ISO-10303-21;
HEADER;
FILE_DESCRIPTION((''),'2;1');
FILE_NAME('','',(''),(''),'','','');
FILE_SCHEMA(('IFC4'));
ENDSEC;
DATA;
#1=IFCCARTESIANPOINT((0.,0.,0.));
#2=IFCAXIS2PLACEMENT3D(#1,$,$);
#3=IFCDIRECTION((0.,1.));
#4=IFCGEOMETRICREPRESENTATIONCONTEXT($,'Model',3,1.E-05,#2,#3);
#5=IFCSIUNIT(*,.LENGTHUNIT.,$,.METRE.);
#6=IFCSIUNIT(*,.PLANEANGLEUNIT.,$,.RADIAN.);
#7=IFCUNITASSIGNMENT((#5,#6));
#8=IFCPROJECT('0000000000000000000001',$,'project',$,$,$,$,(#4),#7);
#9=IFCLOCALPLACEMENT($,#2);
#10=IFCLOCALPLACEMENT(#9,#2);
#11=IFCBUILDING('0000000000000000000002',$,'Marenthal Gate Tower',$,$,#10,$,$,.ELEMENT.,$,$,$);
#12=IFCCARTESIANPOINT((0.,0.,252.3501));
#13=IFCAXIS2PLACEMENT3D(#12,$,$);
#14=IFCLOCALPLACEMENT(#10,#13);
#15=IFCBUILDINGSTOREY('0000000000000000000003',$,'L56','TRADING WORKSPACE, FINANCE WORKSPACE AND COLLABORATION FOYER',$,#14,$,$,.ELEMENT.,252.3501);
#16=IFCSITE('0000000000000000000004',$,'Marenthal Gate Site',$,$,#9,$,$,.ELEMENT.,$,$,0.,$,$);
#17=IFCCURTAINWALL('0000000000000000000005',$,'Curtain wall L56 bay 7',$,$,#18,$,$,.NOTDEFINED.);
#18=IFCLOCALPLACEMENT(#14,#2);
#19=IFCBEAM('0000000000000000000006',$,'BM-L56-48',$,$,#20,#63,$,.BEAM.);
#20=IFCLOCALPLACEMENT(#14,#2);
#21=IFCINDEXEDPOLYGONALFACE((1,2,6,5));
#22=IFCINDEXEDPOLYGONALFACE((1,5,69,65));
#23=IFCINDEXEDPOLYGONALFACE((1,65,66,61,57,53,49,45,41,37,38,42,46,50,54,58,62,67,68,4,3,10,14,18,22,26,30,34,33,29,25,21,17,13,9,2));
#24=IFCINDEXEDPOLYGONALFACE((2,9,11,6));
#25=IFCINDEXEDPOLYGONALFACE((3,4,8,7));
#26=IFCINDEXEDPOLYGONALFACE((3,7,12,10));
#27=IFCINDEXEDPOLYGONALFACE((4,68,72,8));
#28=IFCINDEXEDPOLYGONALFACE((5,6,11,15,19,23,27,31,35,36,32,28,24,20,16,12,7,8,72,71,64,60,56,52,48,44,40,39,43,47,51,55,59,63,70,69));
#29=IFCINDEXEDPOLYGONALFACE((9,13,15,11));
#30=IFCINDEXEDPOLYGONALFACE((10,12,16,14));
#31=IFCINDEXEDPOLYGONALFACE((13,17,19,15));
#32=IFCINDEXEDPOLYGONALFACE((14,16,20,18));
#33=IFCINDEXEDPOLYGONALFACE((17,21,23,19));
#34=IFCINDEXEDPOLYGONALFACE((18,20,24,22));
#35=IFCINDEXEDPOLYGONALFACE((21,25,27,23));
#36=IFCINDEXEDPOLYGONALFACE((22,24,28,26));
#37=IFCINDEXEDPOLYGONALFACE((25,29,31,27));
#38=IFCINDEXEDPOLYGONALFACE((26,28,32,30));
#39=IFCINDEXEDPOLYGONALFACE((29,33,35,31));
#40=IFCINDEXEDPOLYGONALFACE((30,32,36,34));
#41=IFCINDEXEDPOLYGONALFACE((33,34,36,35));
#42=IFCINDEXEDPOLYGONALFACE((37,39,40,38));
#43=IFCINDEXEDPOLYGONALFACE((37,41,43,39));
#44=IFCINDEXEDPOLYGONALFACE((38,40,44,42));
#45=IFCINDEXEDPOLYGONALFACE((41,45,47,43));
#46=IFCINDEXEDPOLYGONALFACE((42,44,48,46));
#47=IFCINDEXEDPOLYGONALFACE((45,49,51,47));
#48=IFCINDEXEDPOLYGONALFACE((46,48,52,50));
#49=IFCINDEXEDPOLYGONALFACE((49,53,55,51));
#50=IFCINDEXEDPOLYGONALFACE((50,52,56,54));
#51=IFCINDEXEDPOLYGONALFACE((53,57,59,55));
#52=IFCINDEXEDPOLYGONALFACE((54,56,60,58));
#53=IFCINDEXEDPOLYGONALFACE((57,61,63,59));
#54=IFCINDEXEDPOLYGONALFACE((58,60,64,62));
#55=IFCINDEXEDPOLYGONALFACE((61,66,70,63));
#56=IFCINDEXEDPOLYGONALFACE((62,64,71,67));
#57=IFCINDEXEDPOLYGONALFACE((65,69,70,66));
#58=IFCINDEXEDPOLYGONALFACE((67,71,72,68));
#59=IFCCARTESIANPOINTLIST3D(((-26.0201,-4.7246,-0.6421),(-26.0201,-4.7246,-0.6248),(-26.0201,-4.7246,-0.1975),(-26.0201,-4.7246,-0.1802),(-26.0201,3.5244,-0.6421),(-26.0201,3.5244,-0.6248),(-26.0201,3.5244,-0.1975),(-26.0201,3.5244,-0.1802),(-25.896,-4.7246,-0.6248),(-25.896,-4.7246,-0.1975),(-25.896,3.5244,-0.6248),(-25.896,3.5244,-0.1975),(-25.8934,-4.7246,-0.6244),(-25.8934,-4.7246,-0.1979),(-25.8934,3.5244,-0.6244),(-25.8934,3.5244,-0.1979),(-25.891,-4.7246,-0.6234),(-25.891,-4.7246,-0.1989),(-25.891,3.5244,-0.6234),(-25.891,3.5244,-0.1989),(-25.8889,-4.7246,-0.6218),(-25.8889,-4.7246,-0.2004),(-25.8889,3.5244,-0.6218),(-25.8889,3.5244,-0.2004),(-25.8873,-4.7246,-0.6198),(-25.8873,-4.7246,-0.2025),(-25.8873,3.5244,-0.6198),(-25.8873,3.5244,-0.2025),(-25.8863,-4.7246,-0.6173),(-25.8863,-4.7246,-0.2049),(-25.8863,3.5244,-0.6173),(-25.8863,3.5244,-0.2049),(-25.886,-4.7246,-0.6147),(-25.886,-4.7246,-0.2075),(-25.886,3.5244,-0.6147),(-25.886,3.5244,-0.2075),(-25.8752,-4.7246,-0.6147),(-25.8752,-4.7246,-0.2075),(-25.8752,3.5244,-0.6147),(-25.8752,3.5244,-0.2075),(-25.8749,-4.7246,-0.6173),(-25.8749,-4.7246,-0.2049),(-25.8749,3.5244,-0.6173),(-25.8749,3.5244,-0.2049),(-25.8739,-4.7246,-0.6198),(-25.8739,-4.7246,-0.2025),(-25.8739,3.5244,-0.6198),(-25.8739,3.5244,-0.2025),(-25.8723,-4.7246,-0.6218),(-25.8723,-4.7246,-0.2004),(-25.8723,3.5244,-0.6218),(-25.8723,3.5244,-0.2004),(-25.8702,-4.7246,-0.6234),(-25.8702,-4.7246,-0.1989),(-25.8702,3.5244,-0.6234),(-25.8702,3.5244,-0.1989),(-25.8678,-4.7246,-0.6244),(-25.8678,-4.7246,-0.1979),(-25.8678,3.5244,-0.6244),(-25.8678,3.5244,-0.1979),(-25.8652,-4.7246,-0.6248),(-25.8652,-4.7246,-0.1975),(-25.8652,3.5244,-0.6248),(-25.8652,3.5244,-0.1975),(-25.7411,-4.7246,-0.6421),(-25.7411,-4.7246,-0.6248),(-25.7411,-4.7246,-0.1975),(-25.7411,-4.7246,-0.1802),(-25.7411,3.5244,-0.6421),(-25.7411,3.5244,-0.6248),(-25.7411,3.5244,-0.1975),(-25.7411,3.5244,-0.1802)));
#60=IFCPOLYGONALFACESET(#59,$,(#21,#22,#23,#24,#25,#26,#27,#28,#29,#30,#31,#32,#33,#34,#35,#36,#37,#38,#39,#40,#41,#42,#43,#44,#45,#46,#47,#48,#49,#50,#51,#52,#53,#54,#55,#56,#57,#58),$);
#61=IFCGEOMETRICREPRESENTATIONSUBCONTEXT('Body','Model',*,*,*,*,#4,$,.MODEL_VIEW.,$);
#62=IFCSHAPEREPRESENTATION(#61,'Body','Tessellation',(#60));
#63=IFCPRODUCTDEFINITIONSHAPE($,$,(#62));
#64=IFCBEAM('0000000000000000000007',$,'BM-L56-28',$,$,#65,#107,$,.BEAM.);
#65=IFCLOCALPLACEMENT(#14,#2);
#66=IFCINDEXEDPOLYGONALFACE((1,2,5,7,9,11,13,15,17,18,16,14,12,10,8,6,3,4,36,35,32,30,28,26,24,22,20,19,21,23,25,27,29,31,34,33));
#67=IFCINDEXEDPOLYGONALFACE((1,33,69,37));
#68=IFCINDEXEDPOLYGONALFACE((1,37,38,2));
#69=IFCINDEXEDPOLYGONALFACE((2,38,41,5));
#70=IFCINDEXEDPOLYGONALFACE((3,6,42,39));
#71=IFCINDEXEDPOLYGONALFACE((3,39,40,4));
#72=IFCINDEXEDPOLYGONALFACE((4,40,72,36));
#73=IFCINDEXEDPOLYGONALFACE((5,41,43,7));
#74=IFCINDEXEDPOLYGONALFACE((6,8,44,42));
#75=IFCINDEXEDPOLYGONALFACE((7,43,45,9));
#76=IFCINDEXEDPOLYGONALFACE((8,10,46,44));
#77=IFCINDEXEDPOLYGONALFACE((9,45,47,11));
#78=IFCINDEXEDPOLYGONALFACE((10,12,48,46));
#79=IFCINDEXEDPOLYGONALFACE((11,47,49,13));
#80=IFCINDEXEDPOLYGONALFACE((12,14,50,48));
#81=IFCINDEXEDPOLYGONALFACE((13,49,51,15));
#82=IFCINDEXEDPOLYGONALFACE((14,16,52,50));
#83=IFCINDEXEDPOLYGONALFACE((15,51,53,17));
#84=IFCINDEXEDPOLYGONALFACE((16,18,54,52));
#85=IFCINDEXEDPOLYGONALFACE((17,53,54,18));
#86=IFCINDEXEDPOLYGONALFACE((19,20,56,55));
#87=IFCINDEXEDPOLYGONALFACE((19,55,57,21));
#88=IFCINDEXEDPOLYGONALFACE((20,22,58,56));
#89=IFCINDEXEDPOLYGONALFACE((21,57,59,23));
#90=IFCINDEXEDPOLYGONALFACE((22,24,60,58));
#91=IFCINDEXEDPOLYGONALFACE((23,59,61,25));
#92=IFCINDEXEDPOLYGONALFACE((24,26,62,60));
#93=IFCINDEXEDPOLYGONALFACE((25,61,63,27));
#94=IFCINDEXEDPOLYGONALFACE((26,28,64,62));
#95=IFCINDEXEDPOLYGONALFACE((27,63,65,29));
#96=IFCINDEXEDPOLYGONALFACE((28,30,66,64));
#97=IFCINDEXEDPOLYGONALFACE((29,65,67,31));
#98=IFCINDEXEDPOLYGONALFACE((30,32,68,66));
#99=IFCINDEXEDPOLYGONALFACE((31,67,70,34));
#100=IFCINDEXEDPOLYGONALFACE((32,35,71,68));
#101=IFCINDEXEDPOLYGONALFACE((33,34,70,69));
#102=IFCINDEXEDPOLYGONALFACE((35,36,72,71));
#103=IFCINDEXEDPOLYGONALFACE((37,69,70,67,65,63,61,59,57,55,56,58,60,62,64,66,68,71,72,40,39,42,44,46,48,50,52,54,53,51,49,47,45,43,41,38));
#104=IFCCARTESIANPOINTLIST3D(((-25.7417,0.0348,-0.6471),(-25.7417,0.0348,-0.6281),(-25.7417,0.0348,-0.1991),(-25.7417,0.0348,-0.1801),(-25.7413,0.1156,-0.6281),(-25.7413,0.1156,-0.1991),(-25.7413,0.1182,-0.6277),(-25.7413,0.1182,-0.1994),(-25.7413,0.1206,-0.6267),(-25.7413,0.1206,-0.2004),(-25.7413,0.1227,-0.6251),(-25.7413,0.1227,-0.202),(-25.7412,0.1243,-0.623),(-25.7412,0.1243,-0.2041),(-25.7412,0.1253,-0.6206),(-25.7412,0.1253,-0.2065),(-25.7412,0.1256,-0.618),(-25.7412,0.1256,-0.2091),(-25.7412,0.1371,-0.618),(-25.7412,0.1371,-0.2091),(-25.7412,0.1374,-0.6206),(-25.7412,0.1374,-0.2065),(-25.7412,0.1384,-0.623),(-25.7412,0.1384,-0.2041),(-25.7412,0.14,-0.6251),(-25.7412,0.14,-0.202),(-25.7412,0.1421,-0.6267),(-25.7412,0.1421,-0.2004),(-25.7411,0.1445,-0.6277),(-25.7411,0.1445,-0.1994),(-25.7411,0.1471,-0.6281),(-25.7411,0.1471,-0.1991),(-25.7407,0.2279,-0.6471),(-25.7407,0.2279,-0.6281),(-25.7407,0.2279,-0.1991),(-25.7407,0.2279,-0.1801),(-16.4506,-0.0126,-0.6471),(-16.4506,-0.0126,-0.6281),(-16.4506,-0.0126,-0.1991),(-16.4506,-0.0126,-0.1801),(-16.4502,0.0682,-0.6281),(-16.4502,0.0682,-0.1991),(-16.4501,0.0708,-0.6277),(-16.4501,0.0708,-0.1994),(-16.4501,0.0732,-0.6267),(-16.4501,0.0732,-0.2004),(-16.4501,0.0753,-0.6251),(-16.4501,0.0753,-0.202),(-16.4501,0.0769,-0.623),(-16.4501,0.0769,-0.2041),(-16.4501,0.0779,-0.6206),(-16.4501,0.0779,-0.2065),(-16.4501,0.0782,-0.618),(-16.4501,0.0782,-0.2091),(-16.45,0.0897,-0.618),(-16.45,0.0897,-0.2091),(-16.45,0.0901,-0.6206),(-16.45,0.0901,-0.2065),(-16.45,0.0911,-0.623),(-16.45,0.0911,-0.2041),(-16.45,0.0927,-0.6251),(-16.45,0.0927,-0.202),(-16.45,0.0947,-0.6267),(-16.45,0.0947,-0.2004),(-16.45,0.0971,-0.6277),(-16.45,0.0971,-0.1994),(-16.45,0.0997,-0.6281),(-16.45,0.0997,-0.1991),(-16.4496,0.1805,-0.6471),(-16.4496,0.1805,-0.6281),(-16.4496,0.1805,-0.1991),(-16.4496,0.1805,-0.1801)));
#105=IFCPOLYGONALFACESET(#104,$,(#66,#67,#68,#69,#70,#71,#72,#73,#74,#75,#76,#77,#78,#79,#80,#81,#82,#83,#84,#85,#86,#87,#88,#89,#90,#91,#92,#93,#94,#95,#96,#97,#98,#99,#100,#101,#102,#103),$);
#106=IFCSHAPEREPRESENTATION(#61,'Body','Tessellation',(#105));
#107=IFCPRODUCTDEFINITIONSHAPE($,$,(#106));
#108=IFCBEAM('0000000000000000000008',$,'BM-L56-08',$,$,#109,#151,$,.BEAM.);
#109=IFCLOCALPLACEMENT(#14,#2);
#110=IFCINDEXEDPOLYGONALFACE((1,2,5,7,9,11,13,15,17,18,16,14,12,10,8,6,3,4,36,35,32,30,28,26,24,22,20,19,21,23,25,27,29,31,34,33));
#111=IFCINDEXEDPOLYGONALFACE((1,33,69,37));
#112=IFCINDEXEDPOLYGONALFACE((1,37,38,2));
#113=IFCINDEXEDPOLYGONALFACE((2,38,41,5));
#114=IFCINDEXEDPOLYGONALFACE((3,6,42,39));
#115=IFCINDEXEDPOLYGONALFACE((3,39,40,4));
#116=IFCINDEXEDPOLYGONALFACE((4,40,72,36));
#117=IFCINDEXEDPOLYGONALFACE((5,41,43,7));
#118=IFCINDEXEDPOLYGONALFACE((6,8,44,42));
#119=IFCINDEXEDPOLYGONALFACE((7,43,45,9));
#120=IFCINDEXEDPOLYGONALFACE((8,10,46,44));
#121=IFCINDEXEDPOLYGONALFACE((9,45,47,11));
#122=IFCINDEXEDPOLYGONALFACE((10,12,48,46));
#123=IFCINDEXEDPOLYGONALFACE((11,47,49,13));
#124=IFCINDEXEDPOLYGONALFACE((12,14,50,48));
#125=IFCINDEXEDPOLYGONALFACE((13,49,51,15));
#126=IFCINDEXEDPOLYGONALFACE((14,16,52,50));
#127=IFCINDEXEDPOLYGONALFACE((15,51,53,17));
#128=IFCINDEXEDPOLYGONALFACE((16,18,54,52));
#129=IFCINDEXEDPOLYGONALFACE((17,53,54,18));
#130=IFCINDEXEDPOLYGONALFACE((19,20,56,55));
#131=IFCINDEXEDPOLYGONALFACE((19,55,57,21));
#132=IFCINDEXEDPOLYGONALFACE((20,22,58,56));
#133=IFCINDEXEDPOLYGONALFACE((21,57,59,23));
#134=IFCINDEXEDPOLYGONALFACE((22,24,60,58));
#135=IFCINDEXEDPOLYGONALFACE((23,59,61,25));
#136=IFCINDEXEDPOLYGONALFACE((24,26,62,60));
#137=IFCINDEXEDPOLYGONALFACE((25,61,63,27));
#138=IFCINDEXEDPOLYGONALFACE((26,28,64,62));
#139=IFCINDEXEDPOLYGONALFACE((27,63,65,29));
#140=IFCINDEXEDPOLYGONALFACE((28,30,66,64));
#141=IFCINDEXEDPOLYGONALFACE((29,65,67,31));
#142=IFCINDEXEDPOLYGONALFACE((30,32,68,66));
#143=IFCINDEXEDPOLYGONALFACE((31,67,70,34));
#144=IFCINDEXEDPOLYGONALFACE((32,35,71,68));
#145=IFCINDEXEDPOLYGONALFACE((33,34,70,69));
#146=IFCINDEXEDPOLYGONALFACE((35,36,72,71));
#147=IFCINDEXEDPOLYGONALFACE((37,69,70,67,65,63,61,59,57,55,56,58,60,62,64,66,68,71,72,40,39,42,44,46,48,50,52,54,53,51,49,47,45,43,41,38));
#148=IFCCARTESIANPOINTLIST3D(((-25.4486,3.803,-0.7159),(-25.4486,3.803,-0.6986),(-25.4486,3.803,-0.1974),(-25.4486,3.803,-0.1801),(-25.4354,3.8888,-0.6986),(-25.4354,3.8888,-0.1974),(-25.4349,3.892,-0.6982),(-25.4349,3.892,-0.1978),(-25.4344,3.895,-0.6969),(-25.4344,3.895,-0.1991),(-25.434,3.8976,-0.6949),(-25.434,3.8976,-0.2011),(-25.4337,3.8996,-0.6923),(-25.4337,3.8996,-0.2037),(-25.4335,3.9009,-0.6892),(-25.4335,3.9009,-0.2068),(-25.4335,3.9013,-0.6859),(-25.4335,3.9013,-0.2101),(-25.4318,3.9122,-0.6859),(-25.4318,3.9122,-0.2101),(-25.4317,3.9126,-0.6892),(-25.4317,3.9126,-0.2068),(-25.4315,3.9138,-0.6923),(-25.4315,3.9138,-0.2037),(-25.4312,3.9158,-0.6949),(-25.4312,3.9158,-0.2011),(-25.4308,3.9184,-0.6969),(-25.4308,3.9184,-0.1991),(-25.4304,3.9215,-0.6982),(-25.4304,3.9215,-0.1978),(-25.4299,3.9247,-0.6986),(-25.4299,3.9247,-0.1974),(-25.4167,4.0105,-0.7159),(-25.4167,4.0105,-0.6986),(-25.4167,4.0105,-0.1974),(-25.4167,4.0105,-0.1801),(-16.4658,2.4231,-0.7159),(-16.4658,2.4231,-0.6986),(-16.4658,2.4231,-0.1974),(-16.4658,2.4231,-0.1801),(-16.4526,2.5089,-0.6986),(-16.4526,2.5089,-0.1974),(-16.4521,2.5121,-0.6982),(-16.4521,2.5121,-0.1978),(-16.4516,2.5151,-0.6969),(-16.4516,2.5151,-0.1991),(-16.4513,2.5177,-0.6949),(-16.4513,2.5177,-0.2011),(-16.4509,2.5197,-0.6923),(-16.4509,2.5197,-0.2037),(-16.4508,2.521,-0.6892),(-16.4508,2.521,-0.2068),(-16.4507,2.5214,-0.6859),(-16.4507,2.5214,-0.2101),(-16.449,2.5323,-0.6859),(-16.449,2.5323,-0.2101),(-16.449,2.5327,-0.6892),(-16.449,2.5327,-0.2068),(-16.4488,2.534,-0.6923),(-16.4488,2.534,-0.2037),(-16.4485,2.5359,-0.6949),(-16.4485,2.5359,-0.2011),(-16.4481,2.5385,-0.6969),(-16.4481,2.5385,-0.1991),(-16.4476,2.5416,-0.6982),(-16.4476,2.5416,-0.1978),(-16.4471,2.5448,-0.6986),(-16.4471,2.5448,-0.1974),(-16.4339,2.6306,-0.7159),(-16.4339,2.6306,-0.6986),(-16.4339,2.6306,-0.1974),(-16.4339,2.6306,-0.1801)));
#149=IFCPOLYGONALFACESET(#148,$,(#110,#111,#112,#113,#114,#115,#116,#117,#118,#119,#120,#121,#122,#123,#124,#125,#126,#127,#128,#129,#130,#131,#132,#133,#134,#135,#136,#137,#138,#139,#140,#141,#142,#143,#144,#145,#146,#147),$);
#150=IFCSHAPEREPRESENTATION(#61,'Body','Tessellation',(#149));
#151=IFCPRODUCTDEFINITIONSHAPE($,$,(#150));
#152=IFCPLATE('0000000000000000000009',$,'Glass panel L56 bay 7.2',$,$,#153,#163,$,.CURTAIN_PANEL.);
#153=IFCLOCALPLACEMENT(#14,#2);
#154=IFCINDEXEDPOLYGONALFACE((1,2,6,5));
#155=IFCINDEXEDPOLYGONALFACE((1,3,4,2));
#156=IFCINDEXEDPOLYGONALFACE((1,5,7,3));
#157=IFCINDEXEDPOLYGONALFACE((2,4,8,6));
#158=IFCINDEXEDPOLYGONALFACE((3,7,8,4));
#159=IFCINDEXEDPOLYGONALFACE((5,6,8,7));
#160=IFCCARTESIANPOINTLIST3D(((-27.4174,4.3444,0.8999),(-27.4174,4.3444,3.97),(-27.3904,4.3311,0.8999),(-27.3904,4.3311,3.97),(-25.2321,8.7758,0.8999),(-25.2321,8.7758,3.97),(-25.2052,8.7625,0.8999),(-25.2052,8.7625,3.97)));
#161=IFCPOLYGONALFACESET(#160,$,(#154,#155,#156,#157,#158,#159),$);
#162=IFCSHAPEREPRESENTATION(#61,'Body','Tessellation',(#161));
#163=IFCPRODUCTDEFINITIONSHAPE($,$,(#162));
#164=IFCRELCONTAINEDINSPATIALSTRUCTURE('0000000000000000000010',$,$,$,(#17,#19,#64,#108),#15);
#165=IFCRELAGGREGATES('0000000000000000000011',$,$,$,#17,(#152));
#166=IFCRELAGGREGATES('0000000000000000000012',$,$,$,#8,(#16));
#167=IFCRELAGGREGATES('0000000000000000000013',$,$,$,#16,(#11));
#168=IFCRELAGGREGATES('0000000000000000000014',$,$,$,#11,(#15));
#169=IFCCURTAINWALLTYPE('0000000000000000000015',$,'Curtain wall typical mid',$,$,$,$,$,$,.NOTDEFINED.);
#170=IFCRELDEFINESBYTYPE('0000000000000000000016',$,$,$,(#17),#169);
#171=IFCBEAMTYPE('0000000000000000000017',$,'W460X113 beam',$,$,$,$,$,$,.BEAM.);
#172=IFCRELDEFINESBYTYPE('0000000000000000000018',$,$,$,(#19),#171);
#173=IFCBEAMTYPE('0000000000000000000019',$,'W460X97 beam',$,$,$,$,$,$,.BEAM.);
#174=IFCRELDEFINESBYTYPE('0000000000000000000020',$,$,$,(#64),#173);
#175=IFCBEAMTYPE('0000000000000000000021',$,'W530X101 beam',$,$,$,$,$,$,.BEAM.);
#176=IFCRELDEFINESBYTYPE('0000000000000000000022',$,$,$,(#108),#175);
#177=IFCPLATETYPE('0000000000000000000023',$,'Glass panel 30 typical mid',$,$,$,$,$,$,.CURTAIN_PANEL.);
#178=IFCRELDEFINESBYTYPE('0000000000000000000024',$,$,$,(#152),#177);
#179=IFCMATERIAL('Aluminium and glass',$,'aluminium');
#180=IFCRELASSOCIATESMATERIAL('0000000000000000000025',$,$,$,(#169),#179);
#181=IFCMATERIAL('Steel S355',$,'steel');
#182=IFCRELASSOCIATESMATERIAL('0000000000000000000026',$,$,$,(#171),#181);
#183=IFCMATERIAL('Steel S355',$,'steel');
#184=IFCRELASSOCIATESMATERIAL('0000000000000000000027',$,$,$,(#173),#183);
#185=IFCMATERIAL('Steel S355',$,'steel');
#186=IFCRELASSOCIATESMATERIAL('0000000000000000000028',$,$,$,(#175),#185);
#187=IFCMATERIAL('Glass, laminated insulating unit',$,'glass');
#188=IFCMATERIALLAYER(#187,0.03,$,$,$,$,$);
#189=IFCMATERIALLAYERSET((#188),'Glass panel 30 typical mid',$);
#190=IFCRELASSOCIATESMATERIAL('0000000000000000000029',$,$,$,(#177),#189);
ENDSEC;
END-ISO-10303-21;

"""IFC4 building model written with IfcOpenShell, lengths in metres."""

from ifc_helpers import new_model, si_unit, direction, frame, origin, origin_2d, place, context, subcontext, project, spatial, rectangle, i_section, extrude, material, layer, layer_set, material_profile, profile_set, type_object, element, aggregate, save


model = new_model("IFC4")

# Units and contexts
model_context = context("Model", 3, precision=1e-05, world=origin(), true_north=direction((0.0, 1.0)))
body_context = subcontext(model_context, "Body", "Model", "MODEL_VIEW")
ifc_project = project(units=[si_unit("LENGTHUNIT", "METRE"), si_unit("PLANEANGLEUNIT", "RADIAN")], contexts=[model_context])

# Site, building, storey
site_placement = place(None, origin())
site = spatial("IfcSite", under=ifc_project, at=site_placement, Name="Marenthal Gate Site", CompositionType="ELEMENT", RefElevation=0.0)
building_placement = place(site_placement, origin())
building = spatial("IfcBuilding", under=site, at=building_placement, Name="Marenthal Gate Tower", CompositionType="ELEMENT")
storey_placement = place(building_placement, frame((0.0, 0.0, 252.3501)))
storey = spatial("IfcBuildingStorey", under=building, at=storey_placement, Name="L56", Description="TRADING WORKSPACE, FINANCE WORKSPACE AND COLLABORATION FOYER", CompositionType="ELEMENT", Elevation=252.3501)

# Curtain wall
ifc_material_1 = material(Name="Aluminium and glass", Category="aluminium")
curtain_wall_type = type_object("IfcCurtainWallType", Name="Curtain wall typical mid", PredefinedType="NOTDEFINED", material=ifc_material_1)
curtain_wall_placement = place(storey_placement, origin())
curtain_wall = element("IfcCurtainWall", 1, at=curtain_wall_placement, inside=storey, type_object=curtain_wall_type, Name="Curtain wall L56 bay 7", PredefinedType="NOTDEFINED")

# Beams
ifc_material_2 = material(Name="Steel S355", Category="steel")
ifc_material_profile_1 = material_profile(ifc_material_2, i_section(OverallWidth=0.2791, OverallDepth=0.4619, WebThickness=0.0107, FlangeThickness=0.0173, FilletRadius=0.01, at=origin_2d()), Name="W460X113")
ifc_profile_set_1 = profile_set([ifc_material_profile_1], Name="Steel S355")
beam_type_1 = type_object("IfcBeamType", Name="W460X113 beam", PredefinedType="BEAM", material=ifc_profile_set_1)
beam_1_placement = place(storey_placement, frame((-25.8806, 3.5244, -0.4111), z_axis=(0.0, -1.0, 0.0), x_axis=(1.0, 0.0, 0.0)))
element("IfcBeam", 2, at=beam_1_placement, inside=storey, type_object=beam_type_1, Name="BM-L56-48", PredefinedType="BEAM", context=body_context, shape_type="SweptSolid", body=[
    extrude(i_section(OverallWidth=0.2791, OverallDepth=0.4619, WebThickness=0.0107, FlangeThickness=0.0173, FilletRadius=0.01, at=origin_2d()), origin(), (0.0, 0.0, 1.0), 8.249),
])
ifc_material_3 = material(Name="Steel S355", Category="steel")
ifc_material_profile_2 = material_profile(ifc_material_3, i_section(OverallWidth=0.1931, OverallDepth=0.467, WebThickness=0.0115, FlangeThickness=0.019, FilletRadius=0.01, at=origin_2d()), Name="W460X97")
ifc_profile_set_2 = profile_set([ifc_material_profile_2], Name="Steel S355")
beam_type_2 = type_object("IfcBeamType", Name="W460X97 beam", PredefinedType="BEAM", material=ifc_profile_set_2)
beam_2_placement = place(storey_placement, frame((-25.7412, 0.1313, -0.4136), z_axis=(0.999987, -0.005098, 0.0), x_axis=(0.005098, 0.999987, 0.0)))
element("IfcBeam", 3, at=beam_2_placement, inside=storey, type_object=beam_type_2, Name="BM-L56-28", PredefinedType="BEAM", context=body_context, shape_type="SweptSolid", body=[
    extrude(i_section(OverallWidth=0.1931, OverallDepth=0.467, WebThickness=0.0115, FlangeThickness=0.019, FilletRadius=0.01, at=origin_2d()), origin(), (0.0, 0.0, 1.0), 9.2913),
])
ifc_material_4 = material(Name="Steel S355", Category="steel")
ifc_material_profile_3 = material_profile(ifc_material_4, i_section(OverallWidth=0.21, OverallDepth=0.5359, WebThickness=0.011, FlangeThickness=0.0173, FilletRadius=0.0127, at=origin_2d()), Name="W530X101")
ifc_profile_set_3 = profile_set([ifc_material_profile_3], Name="Steel S355")
beam_type_3 = type_object("IfcBeamType", Name="W530X101 beam", PredefinedType="BEAM", material=ifc_profile_set_3)
beam_3_placement = place(storey_placement, frame((-25.4326, 3.9067, -0.448), z_axis=(0.988406, -0.151835, 0.0), x_axis=(0.151835, 0.988406, 0.0)))
element("IfcBeam", 4, at=beam_3_placement, inside=storey, type_object=beam_type_3, Name="BM-L56-08", PredefinedType="BEAM", context=body_context, shape_type="SweptSolid", body=[
    extrude(i_section(OverallWidth=0.21, OverallDepth=0.5359, WebThickness=0.011, FlangeThickness=0.0173, FilletRadius=0.0127, at=origin_2d()), origin(), (0.0, 0.0, 1.0), 9.0881),
])

# Plate
ifc_material_5 = material(Name="Glass, laminated insulating unit", Category="glass")
ifc_layer_1 = layer(ifc_material_5, 0.03)
ifc_layer_set_1 = layer_set([ifc_layer_1], Name="Glass panel 30 typical mid")
plate_type = type_object("IfcPlateType", Name="Glass panel 30 typical mid", PredefinedType="CURTAIN_PANEL", material=ifc_layer_set_1)
plate_placement = place(storey_placement, frame((-26.3113, 6.5535, 0.8999), z_axis=(0.0, 0.0, 1.0), x_axis=(-0.442269, -0.896882, 0.0)))
plate = element("IfcPlate", 5, at=plate_placement, type_object=plate_type, Name="Glass panel L56 bay 7.2", PredefinedType="CURTAIN_PANEL", context=body_context, shape_type="SweptSolid", body=[
    extrude(rectangle(XDim=4.9409, YDim=0.03, at=origin_2d()), origin(), (0.0, 0.0, 1.0), 3.0701),
])
aggregate(curtain_wall, [plate])

save(model, "model.ifc")
